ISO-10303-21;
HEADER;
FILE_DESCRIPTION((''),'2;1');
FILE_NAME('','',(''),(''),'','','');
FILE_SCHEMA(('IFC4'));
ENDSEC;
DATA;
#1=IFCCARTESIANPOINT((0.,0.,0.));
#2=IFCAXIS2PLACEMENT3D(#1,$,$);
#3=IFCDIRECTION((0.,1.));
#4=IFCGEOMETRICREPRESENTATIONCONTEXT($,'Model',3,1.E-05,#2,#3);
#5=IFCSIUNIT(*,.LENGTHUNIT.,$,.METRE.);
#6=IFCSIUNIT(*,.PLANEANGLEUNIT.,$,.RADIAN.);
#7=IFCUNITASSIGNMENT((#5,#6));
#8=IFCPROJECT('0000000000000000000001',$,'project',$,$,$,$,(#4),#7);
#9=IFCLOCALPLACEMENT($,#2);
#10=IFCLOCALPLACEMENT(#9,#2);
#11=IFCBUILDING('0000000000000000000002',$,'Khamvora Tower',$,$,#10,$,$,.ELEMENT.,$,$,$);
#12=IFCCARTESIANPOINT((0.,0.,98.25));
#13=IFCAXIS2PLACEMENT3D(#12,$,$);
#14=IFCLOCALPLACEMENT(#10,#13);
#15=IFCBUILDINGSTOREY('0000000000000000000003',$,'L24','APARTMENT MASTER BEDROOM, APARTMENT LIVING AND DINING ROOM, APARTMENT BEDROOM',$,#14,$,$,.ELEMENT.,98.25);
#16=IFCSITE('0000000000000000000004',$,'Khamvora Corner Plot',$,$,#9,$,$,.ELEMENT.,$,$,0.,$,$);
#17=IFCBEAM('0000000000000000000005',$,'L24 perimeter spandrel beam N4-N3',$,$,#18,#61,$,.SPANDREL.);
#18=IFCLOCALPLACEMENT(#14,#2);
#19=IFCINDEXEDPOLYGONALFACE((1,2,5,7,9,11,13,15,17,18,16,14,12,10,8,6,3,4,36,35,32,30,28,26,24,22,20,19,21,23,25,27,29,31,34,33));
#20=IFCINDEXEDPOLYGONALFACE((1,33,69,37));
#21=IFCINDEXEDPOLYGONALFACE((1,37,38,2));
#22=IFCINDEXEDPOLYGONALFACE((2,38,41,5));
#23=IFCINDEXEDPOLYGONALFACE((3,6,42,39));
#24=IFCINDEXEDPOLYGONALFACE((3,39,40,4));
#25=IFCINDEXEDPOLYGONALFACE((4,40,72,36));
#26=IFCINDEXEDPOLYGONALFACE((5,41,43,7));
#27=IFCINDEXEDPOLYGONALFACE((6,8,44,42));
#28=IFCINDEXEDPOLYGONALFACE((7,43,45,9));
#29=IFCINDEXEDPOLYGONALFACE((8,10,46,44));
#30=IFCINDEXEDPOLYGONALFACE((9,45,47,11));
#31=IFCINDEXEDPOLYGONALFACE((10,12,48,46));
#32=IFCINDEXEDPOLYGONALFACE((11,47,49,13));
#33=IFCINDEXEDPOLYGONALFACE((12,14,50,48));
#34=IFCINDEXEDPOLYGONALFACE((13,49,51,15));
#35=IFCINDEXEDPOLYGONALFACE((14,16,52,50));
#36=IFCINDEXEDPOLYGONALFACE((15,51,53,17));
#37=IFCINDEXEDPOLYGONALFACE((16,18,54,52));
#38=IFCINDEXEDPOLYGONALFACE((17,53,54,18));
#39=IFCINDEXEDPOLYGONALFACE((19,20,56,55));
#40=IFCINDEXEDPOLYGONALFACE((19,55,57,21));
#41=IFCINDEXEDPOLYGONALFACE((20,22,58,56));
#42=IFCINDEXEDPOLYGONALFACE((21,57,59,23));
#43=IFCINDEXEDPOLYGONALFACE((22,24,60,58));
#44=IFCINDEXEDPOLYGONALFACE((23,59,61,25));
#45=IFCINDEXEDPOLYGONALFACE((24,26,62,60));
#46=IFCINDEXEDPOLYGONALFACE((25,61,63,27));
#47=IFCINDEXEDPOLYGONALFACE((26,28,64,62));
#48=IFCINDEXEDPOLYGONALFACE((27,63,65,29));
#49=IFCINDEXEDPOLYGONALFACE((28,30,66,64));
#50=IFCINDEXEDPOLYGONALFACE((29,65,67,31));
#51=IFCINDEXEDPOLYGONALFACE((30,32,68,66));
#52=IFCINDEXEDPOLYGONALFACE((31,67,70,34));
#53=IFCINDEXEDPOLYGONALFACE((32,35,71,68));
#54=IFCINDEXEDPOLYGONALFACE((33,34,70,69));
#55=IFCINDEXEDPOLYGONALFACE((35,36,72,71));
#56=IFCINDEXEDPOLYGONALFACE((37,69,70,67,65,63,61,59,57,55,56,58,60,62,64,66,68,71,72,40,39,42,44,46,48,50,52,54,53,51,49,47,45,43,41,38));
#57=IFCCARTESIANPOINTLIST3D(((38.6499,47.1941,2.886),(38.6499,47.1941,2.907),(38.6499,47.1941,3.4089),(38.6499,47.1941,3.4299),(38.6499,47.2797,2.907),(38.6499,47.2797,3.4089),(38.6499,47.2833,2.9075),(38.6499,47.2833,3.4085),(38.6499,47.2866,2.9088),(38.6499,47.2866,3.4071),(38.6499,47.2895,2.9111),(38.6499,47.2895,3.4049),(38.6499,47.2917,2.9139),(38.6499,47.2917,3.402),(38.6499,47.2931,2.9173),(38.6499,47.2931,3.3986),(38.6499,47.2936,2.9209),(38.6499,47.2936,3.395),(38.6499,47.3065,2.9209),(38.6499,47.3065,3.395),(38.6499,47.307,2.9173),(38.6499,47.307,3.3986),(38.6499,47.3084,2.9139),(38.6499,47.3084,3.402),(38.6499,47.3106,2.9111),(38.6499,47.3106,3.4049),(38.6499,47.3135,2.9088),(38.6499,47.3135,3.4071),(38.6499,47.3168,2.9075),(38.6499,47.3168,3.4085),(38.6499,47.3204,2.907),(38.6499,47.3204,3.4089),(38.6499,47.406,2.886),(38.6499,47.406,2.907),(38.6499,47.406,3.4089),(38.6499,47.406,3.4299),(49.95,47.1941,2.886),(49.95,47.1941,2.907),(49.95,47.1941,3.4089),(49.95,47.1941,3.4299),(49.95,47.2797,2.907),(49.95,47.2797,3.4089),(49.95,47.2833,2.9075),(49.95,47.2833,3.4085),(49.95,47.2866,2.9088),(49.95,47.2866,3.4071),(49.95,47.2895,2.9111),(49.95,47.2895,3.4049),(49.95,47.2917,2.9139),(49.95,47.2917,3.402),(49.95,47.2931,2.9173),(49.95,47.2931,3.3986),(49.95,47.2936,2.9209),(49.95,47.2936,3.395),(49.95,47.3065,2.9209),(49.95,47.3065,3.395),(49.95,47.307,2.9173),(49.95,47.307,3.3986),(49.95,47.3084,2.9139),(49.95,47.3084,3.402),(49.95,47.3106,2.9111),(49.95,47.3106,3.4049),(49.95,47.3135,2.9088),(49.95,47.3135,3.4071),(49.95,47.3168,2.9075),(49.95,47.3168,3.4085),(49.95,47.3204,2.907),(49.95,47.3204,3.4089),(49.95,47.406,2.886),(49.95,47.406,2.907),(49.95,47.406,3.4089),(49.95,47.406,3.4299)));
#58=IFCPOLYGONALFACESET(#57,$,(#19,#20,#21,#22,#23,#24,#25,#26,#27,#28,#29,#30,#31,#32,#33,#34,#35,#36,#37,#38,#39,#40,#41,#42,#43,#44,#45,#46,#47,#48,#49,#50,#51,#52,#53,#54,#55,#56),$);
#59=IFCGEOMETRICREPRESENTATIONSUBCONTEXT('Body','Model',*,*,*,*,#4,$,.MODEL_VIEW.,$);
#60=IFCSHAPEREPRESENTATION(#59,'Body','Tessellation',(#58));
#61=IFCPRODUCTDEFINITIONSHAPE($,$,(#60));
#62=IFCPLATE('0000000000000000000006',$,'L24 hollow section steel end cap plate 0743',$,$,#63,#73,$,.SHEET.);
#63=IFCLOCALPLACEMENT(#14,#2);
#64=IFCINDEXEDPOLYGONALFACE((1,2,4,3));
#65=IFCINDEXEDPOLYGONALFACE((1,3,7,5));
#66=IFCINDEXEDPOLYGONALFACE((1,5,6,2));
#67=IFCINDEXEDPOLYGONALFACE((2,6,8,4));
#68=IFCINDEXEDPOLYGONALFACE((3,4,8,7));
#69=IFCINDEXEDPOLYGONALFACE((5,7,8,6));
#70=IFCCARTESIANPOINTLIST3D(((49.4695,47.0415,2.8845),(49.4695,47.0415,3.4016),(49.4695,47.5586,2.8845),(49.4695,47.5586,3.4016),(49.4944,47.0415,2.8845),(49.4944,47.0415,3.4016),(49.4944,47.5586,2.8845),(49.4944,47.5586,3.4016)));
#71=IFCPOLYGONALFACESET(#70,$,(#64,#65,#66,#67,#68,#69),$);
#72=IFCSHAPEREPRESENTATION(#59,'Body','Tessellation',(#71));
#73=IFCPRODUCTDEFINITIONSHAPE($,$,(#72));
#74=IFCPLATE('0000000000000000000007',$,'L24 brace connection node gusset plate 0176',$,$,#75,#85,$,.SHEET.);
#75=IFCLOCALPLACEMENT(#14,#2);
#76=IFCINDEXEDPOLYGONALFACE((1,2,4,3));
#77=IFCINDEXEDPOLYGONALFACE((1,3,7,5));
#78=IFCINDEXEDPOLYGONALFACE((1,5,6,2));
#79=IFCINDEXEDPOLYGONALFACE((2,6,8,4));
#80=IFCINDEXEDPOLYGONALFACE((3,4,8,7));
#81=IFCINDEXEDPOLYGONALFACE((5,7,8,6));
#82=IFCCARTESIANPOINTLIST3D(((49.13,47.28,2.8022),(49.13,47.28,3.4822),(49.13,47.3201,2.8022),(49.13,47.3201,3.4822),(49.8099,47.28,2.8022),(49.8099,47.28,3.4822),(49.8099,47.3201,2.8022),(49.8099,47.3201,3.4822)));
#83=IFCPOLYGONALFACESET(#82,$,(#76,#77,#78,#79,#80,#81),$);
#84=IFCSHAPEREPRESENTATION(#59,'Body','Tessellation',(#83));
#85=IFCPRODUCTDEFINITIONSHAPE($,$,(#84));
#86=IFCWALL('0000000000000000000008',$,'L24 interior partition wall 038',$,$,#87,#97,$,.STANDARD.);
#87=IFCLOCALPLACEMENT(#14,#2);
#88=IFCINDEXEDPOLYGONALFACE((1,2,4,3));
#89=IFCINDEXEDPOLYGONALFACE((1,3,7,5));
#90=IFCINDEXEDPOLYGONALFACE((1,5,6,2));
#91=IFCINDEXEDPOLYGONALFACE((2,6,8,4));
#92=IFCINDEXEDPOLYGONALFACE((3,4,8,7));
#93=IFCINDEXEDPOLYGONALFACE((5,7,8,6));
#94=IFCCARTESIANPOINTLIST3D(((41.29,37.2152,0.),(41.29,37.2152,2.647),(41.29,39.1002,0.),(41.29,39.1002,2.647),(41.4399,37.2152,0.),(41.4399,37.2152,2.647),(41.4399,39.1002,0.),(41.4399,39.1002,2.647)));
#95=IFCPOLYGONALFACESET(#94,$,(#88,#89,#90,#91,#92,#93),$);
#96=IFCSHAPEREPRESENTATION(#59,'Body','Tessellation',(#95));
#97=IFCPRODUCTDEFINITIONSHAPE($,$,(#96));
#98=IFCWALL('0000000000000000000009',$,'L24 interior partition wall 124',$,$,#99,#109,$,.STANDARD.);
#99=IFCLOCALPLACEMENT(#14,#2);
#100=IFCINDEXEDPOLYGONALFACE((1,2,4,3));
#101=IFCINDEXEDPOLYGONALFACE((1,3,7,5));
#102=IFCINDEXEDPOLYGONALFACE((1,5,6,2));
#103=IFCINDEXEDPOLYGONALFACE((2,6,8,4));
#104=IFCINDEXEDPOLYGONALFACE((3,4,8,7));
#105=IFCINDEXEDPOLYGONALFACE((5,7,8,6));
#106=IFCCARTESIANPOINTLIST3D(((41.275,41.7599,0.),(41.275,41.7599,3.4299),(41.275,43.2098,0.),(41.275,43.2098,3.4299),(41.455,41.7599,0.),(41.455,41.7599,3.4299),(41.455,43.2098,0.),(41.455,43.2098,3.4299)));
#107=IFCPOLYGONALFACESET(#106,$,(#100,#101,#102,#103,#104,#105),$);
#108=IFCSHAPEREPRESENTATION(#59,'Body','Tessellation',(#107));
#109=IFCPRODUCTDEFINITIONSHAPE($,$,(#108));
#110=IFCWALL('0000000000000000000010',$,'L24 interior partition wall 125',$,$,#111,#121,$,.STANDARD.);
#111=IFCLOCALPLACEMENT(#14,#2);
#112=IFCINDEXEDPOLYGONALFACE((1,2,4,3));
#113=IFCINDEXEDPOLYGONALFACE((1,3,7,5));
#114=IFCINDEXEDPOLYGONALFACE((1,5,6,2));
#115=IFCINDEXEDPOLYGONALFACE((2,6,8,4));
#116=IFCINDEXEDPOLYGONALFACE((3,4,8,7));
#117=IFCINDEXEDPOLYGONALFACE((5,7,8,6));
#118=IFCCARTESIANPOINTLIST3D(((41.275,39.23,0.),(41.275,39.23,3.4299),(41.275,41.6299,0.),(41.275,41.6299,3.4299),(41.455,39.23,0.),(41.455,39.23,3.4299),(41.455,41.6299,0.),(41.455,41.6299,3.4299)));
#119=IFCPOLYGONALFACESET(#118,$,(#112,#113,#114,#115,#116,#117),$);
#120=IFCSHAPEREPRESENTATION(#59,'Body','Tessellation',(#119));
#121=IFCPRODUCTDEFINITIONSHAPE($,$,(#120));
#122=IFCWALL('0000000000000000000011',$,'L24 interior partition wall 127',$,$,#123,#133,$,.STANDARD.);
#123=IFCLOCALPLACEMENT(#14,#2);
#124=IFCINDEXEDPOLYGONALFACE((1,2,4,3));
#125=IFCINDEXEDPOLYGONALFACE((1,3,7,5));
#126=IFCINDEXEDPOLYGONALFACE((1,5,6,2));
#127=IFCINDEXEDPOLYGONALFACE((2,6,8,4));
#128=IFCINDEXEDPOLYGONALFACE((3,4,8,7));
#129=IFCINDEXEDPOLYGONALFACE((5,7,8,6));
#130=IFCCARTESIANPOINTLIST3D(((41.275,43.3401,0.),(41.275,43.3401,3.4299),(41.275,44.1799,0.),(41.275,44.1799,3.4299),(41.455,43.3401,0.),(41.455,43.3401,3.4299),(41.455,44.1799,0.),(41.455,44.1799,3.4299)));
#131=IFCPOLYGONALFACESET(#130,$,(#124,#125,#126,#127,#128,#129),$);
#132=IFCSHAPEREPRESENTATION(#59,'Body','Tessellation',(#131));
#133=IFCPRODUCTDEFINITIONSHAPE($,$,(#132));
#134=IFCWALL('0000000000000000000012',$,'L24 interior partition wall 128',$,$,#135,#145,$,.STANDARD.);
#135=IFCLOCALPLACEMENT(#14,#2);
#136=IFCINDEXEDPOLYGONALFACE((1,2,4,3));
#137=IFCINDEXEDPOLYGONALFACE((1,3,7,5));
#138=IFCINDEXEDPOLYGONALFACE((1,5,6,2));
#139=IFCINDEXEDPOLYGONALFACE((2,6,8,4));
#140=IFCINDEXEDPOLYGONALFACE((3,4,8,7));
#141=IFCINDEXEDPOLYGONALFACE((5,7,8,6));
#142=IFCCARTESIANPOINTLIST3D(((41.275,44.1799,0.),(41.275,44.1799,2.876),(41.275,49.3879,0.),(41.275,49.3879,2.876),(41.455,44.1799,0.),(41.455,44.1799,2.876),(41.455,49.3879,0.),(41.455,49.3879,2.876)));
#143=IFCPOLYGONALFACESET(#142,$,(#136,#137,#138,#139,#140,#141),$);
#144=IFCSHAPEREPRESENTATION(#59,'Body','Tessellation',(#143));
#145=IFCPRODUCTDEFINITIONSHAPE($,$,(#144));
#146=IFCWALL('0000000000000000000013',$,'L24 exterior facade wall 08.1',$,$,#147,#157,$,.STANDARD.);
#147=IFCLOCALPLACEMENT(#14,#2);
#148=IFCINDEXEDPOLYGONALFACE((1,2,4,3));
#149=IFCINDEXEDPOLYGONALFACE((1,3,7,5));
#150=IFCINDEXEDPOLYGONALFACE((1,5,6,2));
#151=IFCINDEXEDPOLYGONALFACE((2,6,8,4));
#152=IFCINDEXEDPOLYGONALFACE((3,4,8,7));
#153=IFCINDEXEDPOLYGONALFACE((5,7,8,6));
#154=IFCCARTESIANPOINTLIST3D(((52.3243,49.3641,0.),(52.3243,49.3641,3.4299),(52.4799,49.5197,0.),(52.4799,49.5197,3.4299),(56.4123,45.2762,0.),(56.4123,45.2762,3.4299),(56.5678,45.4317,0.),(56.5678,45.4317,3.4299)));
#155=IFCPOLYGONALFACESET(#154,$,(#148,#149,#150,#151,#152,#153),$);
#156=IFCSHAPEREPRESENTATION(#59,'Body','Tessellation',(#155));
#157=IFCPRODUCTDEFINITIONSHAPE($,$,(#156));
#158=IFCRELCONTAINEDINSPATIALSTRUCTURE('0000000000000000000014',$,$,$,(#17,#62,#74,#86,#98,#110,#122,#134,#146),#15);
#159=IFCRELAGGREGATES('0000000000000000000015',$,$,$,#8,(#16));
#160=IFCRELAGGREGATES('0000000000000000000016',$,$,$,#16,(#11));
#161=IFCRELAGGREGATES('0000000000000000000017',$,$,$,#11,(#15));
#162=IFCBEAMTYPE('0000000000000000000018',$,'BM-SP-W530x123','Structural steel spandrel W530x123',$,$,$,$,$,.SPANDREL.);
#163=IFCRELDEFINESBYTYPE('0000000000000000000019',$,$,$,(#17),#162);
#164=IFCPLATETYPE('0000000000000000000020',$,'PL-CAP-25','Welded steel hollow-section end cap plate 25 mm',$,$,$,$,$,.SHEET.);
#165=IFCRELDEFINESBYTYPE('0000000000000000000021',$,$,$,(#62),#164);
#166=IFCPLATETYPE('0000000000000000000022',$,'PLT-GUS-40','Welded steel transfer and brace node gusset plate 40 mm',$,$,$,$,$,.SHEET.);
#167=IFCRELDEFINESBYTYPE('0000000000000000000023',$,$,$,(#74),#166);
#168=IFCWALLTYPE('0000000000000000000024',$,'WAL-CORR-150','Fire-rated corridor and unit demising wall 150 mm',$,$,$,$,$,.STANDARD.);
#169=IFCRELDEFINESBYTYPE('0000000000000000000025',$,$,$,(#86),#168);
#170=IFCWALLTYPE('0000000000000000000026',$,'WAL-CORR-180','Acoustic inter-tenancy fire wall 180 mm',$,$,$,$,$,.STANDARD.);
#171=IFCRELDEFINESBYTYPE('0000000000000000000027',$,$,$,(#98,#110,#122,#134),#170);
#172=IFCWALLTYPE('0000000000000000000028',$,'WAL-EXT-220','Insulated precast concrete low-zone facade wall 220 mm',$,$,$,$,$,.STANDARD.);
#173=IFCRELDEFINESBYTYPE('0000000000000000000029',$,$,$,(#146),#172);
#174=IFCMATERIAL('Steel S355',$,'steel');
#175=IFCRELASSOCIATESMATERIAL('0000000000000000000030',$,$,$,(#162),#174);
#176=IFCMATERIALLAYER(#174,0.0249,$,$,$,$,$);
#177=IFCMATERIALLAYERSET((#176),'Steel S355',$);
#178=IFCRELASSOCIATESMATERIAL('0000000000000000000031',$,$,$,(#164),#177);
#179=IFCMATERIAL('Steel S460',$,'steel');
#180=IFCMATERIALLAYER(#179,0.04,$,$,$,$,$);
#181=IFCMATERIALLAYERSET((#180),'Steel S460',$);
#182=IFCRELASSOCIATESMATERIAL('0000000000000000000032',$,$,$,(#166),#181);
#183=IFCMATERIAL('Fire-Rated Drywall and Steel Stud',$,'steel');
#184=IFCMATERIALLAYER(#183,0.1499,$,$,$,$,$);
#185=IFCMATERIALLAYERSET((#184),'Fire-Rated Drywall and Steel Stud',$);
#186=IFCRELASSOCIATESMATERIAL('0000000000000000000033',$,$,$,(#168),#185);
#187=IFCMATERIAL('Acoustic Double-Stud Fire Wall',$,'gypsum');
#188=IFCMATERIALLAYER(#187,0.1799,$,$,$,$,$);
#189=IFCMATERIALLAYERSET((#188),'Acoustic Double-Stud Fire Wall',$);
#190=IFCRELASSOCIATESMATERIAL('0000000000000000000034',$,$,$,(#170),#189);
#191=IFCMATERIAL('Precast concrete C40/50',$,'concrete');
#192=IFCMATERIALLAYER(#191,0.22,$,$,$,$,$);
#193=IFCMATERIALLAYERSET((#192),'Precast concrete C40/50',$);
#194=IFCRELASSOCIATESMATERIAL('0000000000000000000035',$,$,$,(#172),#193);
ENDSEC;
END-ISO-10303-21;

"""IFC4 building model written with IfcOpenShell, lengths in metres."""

from ifc_helpers import new_model, si_unit, direction, frame, frame_2d, origin, origin_2d, place, context, subcontext, project, spatial, rectangle, i_section, extrude, material, layer, layer_set, material_profile, profile_set, type_object, element, save


model = new_model("IFC4")

# Units and contexts
model_context = context("Model", 3, precision=1e-05, world=origin(), true_north=direction((0.0, 1.0)))
body_context = subcontext(model_context, "Body", "Model", "MODEL_VIEW")
ifc_project = project(units=[si_unit("LENGTHUNIT", "METRE"), si_unit("PLANEANGLEUNIT", "RADIAN")], contexts=[model_context])

# Site, building, storey
site_placement = place(None, origin())
site = spatial("IfcSite", under=ifc_project, at=site_placement, Name="Khamvora Corner Plot", CompositionType="ELEMENT", RefElevation=0.0)
building_placement = place(site_placement, origin())
building = spatial("IfcBuilding", under=site, at=building_placement, Name="Khamvora Tower", CompositionType="ELEMENT")
storey_placement = place(building_placement, frame((0.0, 0.0, 98.25)))
storey = spatial("IfcBuildingStorey", under=building, at=storey_placement, Name="L24", Description="APARTMENT MASTER BEDROOM, APARTMENT LIVING AND DINING ROOM, APARTMENT BEDROOM", CompositionType="ELEMENT", Elevation=98.25)

# Shared definitions
ifc_material_1 = material(Name="Steel S355", Category="steel")

# Beam
ifc_material_profile_1 = material_profile(ifc_material_1, i_section(OverallWidth=0.2119, OverallDepth=0.5439, WebThickness=0.0129, FlangeThickness=0.021, FilletRadius=0.0139, at=origin_2d()), Name="W530x123")
ifc_profile_set_1 = profile_set([ifc_material_profile_1], Name="Steel S355")
beam_type_1 = type_object("IfcBeamType", Name="BM-SP-W530x123", Description="Structural steel spandrel W530x123", PredefinedType="SPANDREL", material=ifc_profile_set_1)
beam_1_placement = place(storey_placement, frame((49.95, 47.3, 3.158), z_axis=(-1.0, 0.0, 0.0), x_axis=(0.0, -1.0, 0.0)))
element("IfcBeam", 1, at=beam_1_placement, inside=storey, type_object=beam_type_1, Name="L24 perimeter spandrel beam N4-N3", PredefinedType="SPANDREL", context=body_context, shape_type="SweptSolid", body=[
    extrude(i_section(OverallWidth=0.2119, OverallDepth=0.5439, WebThickness=0.0129, FlangeThickness=0.021, FilletRadius=0.0139, at=origin_2d()), origin(), (0.0, 0.0, 1.0), 11.3),
])

# Plates
ifc_layer_1 = layer(ifc_material_1, 0.0249)
ifc_layer_set_1 = layer_set([ifc_layer_1], Name="Steel S355")
plate_type_1 = type_object("IfcPlateType", Name="PL-CAP-25", Description="Welded steel hollow-section end cap plate 25 mm", PredefinedType="SHEET", material=ifc_layer_set_1)
plate_1_placement = place(storey_placement, frame((49.4819, 47.3, 2.8845), z_axis=(0.0, 0.0, 1.0), x_axis=(1.0, 0.0, 0.0)))
element("IfcPlate", 2, at=plate_1_placement, inside=storey, type_object=plate_type_1, Name="L24 hollow section steel end cap plate 0743", PredefinedType="SHEET", context=body_context, shape_type="SweptSolid", body=[
    extrude(rectangle(XDim=0.0249, YDim=0.5171, at=origin_2d()), origin(), (0.0, 0.0, 1.0), 0.5171),
])
ifc_material_2 = material(Name="Steel S460", Category="steel")
ifc_layer_2 = layer(ifc_material_2, 0.04)
ifc_layer_set_2 = layer_set([ifc_layer_2], Name="Steel S460")
plate_type_2 = type_object("IfcPlateType", Name="PLT-GUS-40", Description="Welded steel transfer and brace node gusset plate 40 mm", PredefinedType="SHEET", material=ifc_layer_set_2)
plate_2_placement = place(storey_placement, frame((49.47, 47.3, 2.8022), z_axis=(0.0, 0.0, 1.0), x_axis=(1.0, 0.0, 0.0)))
element("IfcPlate", 3, at=plate_2_placement, inside=storey, type_object=plate_type_2, Name="L24 brace connection node gusset plate 0176", PredefinedType="SHEET", context=body_context, shape_type="SweptSolid", body=[
    extrude(rectangle(XDim=0.6799, YDim=0.04, at=origin_2d()), origin(), (0.0, 0.0, 1.0), 0.6799),
])

# Walls
ifc_material_3 = material(Name="Fire-Rated Drywall and Steel Stud", Category="steel")
ifc_layer_3 = layer(ifc_material_3, 0.1499)
ifc_layer_set_3 = layer_set([ifc_layer_3], Name="Fire-Rated Drywall and Steel Stud")
wall_type_1 = type_object("IfcWallType", Name="WAL-CORR-150", Description="Fire-rated corridor and unit demising wall 150 mm", PredefinedType="STANDARD", material=ifc_layer_set_3)
wall_1_placement = place(storey_placement, frame((41.365, 39.1001, 0.0), z_axis=(0.0, 0.0, 1.0), x_axis=(0.0, -1.0, 0.0)))
element("IfcWall", 4, at=wall_1_placement, inside=storey, type_object=wall_type_1, Name="L24 interior partition wall 038", PredefinedType="STANDARD", context=body_context, shape_type="SweptSolid", body=[
    extrude(rectangle(XDim=1.885, YDim=0.1499, at=frame_2d((0.9424, 0.0))), origin(), (0.0, 0.0, 1.0), 2.647),
])
ifc_material_4 = material(Name="Acoustic Double-Stud Fire Wall", Category="gypsum")
ifc_layer_4 = layer(ifc_material_4, 0.1799)
ifc_layer_set_4 = layer_set([ifc_layer_4], Name="Acoustic Double-Stud Fire Wall")
wall_type_2 = type_object("IfcWallType", Name="WAL-CORR-180", Description="Acoustic inter-tenancy fire wall 180 mm", PredefinedType="STANDARD", material=ifc_layer_set_4)
wall_2_placement = place(storey_placement, frame((41.365, 43.21, 0.0), z_axis=(0.0, 0.0, 1.0), x_axis=(0.0, -1.0, 0.0)))
element("IfcWall", 5, at=wall_2_placement, inside=storey, type_object=wall_type_2, Name="L24 interior partition wall 124", PredefinedType="STANDARD", context=body_context, shape_type="SweptSolid", body=[
    extrude(rectangle(XDim=1.45, YDim=0.1799, at=frame_2d((0.7251, 0.0))), origin(), (0.0, 0.0, 1.0), 3.4299),
])
wall_3_placement = place(storey_placement, frame((41.365, 41.6299, 0.0), z_axis=(0.0, 0.0, 1.0), x_axis=(0.0, -1.0, 0.0)))
element("IfcWall", 6, at=wall_3_placement, inside=storey, type_object=wall_type_2, Name="L24 interior partition wall 125", PredefinedType="STANDARD", context=body_context, shape_type="SweptSolid", body=[
    extrude(rectangle(XDim=2.3999, YDim=0.1799, at=frame_2d((1.2, 0.0))), origin(), (0.0, 0.0, 1.0), 3.4299),
])
wall_4_placement = place(storey_placement, frame((41.365, 44.1799, 0.0), z_axis=(0.0, 0.0, 1.0), x_axis=(0.0, -1.0, 0.0)))
element("IfcWall", 7, at=wall_4_placement, inside=storey, type_object=wall_type_2, Name="L24 interior partition wall 127", PredefinedType="STANDARD", context=body_context, shape_type="SweptSolid", body=[
    extrude(rectangle(XDim=0.8398, YDim=0.1799, at=frame_2d((0.4199, 0.0))), origin(), (0.0, 0.0, 1.0), 3.4299),
])
wall_5_placement = place(storey_placement, frame((41.365, 49.3879, 0.0), z_axis=(0.0, 0.0, 1.0), x_axis=(0.0, -1.0, 0.0)))
element("IfcWall", 8, at=wall_5_placement, inside=storey, type_object=wall_type_2, Name="L24 interior partition wall 128", PredefinedType="STANDARD", context=body_context, shape_type="SweptSolid", body=[
    extrude(rectangle(XDim=5.208, YDim=0.1799, at=frame_2d((2.604, 0.0))), origin(), (0.0, 0.0, 1.0), 2.876),
])
ifc_material_5 = material(Name="Precast concrete C40/50", Category="concrete")
ifc_layer_5 = layer(ifc_material_5, 0.22)
ifc_layer_set_5 = layer_set([ifc_layer_5], Name="Precast concrete C40/50")
wall_type_3 = type_object("IfcWallType", Name="WAL-EXT-220", Description="Insulated precast concrete low-zone facade wall 220 mm", PredefinedType="STANDARD", material=ifc_layer_set_5)
wall_6_placement = place(storey_placement, frame((52.4021, 49.4419, 0.0), z_axis=(0.0, 0.0, 1.0), x_axis=(0.707107, -0.707107, 0.0)))
element("IfcWall", 9, at=wall_6_placement, inside=storey, type_object=wall_type_3, Name="L24 exterior facade wall 08.1", PredefinedType="STANDARD", context=body_context, shape_type="SweptSolid", body=[
    extrude(rectangle(XDim=5.7812, YDim=0.22, at=frame_2d((2.8906, 0.0))), origin(), (0.0, 0.0, 1.0), 3.4299),
])

save(model, "model.ifc")
